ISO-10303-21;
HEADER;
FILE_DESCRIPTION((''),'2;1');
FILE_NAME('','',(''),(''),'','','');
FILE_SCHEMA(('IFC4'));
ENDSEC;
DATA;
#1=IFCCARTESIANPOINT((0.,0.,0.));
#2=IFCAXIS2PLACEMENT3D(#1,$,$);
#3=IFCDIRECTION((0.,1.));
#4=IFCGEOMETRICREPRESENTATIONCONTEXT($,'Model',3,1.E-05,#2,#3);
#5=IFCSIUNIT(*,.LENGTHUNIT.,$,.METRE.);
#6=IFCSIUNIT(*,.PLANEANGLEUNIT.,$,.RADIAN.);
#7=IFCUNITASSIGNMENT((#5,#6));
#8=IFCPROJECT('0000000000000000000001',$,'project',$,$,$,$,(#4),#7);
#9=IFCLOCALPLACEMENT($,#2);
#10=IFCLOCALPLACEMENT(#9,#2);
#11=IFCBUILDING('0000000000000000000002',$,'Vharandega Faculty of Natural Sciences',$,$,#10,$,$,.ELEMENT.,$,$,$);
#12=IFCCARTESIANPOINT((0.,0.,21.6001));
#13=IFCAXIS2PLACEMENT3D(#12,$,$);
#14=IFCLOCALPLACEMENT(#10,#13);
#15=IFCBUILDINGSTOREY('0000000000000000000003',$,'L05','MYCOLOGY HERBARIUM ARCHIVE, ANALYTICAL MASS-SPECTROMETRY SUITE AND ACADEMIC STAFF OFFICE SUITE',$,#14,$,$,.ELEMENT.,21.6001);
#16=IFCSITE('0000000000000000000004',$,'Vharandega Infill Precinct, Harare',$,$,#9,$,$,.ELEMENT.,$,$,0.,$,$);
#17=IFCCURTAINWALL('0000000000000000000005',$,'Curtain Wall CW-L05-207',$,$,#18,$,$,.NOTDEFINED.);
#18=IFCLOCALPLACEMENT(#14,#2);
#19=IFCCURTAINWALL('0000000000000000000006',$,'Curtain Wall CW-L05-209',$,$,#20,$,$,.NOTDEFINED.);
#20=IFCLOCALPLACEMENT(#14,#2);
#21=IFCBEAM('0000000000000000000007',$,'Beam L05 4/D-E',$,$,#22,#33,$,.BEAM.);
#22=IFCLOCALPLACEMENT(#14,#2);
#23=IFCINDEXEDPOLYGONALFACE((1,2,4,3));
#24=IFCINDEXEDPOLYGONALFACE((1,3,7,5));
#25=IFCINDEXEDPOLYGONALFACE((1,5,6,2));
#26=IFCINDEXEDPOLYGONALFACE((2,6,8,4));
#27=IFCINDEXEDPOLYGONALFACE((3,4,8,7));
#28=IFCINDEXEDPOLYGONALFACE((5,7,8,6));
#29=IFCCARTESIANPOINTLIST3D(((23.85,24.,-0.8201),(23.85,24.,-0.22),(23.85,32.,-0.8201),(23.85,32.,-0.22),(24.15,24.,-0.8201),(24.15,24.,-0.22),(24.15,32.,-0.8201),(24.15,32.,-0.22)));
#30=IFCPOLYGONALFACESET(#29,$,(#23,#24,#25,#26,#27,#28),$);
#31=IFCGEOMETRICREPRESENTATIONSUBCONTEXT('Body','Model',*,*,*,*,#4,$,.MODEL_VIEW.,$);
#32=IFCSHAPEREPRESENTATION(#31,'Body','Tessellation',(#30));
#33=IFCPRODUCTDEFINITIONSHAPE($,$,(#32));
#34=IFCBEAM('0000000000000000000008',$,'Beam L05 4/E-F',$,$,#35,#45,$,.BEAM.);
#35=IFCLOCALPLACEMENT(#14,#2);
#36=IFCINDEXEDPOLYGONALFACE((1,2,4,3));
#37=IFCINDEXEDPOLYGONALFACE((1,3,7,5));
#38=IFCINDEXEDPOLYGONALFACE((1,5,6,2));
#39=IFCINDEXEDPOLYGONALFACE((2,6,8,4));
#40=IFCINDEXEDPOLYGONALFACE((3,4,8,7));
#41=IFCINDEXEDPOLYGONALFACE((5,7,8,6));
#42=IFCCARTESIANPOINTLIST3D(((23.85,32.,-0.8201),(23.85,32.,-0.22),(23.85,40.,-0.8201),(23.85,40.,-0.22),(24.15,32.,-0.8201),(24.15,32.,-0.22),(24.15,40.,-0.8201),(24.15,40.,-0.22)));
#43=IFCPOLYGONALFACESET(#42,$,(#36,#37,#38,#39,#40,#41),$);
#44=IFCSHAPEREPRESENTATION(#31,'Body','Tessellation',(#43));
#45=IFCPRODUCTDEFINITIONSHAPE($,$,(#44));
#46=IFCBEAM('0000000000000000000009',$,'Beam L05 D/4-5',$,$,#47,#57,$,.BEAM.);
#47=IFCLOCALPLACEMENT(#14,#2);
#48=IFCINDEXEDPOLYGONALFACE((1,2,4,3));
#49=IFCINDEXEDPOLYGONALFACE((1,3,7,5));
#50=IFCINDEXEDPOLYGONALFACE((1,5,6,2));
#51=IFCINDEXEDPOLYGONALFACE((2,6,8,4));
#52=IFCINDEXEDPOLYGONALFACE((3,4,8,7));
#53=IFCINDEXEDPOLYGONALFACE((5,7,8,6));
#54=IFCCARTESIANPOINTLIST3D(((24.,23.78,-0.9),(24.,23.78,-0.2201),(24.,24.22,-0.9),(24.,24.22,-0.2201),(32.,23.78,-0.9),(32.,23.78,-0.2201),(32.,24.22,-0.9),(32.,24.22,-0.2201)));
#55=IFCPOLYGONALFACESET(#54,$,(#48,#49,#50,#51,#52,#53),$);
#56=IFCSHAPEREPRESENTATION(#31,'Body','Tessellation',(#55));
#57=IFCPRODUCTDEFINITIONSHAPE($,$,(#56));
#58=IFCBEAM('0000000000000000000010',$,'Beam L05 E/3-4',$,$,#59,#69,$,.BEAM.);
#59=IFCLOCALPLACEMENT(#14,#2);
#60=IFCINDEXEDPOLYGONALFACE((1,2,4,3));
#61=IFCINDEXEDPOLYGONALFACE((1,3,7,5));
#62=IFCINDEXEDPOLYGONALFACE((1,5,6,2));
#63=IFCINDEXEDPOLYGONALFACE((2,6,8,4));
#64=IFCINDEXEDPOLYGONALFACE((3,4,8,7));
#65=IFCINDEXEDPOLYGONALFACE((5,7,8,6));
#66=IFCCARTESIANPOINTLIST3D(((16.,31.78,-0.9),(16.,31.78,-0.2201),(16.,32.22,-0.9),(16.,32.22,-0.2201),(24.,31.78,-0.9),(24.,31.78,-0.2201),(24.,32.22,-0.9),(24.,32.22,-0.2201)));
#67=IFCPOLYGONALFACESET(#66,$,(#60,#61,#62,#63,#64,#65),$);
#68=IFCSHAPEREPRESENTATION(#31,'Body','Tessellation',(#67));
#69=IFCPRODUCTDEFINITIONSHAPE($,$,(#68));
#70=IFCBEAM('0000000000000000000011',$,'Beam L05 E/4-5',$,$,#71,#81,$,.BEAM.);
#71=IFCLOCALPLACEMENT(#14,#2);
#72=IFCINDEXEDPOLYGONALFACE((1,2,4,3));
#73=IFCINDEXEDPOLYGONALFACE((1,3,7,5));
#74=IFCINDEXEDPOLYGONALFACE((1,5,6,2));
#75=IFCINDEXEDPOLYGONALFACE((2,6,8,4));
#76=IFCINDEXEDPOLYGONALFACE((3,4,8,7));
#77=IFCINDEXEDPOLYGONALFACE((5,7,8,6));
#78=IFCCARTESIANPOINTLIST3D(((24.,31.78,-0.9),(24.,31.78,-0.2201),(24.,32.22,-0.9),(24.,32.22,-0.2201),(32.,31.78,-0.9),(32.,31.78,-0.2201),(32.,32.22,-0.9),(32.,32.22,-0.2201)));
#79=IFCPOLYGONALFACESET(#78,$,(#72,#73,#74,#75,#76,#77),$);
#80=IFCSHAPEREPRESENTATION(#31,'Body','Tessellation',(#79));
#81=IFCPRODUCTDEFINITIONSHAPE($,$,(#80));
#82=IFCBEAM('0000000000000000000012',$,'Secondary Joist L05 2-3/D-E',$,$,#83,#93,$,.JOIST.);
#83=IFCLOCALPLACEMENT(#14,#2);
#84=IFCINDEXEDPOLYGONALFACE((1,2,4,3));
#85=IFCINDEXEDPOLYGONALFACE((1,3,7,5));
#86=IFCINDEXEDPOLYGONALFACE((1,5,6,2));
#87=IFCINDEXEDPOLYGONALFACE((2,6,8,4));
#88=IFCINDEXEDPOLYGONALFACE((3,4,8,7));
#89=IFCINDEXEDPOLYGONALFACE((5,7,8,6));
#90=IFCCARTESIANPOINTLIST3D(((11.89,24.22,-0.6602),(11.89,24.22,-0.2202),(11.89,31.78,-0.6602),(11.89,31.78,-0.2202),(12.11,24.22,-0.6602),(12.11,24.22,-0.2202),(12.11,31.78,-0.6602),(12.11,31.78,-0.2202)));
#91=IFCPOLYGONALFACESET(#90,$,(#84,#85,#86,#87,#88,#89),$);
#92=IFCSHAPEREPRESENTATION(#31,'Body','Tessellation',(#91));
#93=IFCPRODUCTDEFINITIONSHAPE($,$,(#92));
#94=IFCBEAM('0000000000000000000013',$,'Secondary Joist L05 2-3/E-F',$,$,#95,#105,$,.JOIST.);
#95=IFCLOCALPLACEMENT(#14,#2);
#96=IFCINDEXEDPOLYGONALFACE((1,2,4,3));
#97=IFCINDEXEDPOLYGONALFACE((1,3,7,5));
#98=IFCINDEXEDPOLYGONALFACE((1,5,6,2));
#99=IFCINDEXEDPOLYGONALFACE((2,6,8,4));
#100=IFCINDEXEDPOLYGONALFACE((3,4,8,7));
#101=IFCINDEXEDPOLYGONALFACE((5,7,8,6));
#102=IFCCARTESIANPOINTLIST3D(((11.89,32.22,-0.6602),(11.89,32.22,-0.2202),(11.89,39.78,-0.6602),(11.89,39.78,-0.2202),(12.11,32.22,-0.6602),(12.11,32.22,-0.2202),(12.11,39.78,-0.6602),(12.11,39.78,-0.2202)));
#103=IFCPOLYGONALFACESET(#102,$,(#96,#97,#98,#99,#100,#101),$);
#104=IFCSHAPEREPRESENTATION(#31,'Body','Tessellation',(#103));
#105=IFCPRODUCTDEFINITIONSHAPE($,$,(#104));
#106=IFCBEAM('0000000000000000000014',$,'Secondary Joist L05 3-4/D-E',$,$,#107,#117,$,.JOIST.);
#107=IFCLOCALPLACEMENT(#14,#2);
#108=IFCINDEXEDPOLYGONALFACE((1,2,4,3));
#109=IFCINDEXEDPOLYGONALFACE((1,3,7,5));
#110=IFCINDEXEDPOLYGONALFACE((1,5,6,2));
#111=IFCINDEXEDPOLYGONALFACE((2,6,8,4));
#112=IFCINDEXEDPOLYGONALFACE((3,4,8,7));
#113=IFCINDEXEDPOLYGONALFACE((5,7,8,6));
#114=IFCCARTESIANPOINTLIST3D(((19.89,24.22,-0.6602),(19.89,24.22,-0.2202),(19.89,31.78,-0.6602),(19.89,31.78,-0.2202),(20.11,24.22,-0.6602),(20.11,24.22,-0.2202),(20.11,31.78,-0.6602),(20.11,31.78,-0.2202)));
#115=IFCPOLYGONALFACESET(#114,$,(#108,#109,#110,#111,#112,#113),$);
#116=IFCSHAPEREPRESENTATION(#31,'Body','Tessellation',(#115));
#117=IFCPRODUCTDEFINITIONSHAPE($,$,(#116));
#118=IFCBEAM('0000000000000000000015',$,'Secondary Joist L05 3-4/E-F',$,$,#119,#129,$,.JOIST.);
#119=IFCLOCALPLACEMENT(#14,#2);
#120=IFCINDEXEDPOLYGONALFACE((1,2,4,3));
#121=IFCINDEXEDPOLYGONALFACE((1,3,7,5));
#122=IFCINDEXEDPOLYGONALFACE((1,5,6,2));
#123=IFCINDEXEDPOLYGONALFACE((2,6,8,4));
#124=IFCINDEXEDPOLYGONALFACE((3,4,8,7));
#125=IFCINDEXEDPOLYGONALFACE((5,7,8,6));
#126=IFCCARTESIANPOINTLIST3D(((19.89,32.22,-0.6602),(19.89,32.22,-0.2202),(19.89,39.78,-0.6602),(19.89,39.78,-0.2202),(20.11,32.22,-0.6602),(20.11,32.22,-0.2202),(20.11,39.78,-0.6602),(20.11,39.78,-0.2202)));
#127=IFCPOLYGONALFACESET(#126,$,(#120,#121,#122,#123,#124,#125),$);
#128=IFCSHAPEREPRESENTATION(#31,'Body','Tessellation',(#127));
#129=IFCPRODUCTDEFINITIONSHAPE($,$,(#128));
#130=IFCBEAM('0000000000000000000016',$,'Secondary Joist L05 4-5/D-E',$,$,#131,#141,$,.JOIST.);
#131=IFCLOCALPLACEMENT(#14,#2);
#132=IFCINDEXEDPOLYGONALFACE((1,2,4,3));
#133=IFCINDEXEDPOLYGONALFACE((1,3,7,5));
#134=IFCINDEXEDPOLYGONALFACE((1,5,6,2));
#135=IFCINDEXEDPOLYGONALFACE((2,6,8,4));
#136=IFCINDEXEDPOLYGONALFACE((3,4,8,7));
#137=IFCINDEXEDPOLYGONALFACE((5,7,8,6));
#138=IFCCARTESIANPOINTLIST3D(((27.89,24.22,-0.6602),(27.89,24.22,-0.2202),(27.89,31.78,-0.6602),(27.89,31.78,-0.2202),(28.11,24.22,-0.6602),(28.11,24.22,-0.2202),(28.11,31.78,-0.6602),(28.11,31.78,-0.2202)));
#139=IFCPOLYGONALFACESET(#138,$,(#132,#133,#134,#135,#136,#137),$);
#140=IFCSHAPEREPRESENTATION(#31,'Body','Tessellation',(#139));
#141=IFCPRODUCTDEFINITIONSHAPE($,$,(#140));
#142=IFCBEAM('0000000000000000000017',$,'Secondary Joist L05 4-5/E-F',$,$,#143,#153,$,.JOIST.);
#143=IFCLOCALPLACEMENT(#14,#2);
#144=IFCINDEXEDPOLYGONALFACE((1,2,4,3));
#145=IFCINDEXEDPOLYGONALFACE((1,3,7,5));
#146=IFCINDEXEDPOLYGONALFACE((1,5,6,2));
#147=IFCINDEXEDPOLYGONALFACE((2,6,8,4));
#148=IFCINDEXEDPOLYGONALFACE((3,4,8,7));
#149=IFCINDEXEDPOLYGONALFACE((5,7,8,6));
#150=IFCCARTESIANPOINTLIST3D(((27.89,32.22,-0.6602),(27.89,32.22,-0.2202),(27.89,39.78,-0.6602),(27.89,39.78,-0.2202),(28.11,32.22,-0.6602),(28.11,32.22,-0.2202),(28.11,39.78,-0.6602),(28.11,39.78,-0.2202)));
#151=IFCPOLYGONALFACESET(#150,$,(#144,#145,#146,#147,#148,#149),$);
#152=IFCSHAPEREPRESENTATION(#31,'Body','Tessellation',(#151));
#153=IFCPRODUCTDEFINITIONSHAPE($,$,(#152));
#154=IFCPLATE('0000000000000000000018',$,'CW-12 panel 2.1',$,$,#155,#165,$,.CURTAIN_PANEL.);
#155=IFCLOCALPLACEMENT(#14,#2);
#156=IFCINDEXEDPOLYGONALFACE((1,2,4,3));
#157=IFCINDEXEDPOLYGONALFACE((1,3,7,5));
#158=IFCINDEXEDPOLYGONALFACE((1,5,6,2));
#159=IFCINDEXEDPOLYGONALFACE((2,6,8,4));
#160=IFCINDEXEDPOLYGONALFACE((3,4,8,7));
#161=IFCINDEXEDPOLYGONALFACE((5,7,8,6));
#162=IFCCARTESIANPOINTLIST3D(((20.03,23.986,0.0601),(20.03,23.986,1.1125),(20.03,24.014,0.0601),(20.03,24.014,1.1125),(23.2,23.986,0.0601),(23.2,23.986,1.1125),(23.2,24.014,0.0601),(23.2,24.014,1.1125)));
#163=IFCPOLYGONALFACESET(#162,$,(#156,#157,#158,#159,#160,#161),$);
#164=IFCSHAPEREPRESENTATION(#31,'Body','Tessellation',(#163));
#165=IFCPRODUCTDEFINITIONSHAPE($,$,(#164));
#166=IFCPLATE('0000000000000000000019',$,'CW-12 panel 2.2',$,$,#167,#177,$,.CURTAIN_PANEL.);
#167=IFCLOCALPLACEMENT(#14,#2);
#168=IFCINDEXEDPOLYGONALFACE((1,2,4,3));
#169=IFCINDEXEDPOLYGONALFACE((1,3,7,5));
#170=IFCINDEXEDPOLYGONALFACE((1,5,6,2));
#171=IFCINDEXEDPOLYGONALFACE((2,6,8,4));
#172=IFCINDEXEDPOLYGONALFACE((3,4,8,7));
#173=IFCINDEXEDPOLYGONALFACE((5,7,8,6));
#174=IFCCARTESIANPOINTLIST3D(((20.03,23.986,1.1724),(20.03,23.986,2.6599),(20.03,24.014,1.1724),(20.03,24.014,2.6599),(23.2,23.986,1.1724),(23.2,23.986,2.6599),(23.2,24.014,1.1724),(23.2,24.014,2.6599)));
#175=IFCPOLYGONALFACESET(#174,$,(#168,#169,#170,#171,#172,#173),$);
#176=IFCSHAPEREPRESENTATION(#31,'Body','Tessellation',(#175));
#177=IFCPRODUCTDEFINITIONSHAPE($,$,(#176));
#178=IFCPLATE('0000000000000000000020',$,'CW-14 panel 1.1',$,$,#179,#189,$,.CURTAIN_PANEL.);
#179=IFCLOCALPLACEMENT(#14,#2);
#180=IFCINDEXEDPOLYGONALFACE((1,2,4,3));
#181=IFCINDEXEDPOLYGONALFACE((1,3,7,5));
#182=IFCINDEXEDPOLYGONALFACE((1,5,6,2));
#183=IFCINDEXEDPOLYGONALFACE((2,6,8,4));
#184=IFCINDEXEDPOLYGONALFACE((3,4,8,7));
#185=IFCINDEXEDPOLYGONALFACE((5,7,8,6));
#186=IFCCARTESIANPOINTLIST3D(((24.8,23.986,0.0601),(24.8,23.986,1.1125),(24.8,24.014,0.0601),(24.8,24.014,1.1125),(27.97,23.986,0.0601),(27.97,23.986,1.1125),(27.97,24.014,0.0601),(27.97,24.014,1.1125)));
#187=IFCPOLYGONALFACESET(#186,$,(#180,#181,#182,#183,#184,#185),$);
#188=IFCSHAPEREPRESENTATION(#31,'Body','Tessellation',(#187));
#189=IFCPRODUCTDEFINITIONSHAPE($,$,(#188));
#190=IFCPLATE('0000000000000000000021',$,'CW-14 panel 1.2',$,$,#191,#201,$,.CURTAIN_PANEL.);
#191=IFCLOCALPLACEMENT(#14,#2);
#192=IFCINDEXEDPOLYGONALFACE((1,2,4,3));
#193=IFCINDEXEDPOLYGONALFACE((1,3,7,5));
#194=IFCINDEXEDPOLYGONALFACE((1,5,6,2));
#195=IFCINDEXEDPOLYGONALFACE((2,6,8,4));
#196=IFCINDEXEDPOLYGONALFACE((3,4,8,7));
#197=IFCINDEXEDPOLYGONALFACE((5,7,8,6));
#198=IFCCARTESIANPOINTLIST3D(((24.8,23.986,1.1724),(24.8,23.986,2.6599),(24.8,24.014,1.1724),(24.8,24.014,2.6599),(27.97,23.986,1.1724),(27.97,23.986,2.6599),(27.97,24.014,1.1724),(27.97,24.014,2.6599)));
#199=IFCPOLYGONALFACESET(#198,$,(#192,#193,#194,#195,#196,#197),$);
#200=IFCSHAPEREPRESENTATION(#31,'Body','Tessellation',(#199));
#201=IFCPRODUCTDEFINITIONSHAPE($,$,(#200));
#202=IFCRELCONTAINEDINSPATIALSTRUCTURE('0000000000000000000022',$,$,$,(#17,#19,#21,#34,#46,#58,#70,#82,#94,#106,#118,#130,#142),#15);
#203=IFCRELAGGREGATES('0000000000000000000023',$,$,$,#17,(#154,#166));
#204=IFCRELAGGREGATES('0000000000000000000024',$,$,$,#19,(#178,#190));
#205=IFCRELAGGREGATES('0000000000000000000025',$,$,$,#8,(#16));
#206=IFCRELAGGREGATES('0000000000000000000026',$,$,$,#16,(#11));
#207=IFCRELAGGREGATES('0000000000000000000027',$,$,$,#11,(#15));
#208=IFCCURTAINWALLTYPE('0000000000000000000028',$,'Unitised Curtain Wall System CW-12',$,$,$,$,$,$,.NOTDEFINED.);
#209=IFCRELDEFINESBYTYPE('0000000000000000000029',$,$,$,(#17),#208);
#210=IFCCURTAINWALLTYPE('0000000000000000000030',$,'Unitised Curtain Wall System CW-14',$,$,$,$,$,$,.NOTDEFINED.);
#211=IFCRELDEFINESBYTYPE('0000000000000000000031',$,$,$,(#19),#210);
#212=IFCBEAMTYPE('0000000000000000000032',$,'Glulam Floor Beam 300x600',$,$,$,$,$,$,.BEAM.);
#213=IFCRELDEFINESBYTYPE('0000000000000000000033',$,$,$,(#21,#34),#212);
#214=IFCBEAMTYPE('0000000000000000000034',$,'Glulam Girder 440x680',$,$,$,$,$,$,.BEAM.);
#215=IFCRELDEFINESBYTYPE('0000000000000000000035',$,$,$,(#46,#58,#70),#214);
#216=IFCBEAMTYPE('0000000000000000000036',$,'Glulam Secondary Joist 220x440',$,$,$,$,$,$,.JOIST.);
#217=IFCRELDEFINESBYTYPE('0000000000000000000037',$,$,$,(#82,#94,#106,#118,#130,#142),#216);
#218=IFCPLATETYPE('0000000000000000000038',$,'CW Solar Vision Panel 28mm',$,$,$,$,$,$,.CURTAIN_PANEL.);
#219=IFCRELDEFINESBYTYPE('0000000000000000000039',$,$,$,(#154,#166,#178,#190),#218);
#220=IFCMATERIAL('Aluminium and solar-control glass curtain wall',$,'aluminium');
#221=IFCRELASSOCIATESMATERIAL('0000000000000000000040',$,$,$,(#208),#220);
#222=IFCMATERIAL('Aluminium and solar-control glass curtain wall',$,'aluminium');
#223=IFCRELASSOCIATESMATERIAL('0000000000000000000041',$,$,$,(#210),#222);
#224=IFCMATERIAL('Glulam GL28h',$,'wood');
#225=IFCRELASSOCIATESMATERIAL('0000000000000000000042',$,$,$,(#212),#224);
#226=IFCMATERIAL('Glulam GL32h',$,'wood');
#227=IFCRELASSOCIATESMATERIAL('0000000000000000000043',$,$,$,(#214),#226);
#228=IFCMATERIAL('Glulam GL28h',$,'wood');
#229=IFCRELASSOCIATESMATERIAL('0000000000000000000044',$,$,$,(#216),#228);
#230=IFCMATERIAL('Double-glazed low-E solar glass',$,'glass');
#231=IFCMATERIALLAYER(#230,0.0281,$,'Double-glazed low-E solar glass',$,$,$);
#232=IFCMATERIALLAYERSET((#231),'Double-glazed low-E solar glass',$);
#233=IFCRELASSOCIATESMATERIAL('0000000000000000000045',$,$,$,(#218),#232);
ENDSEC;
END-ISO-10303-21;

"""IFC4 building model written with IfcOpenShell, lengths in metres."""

from ifc_helpers import new_model, si_unit, direction, frame, origin, origin_2d, place, context, subcontext, project, spatial, rectangle, extrude, material, layer, layer_set, material_profile, profile_set, type_object, element, aggregate, save


model = new_model("IFC4")

# Units and contexts
model_context = context("Model", 3, precision=1e-05, world=origin(), true_north=direction((0.0, 1.0)))
body_context = subcontext(model_context, "Body", "Model", "MODEL_VIEW")
ifc_project = project(units=[si_unit("LENGTHUNIT", "METRE"), si_unit("PLANEANGLEUNIT", "RADIAN")], contexts=[model_context])

# Site, building, storey
site_placement = place(None, origin())
site = spatial("IfcSite", under=ifc_project, at=site_placement, Name="Vharandega Infill Precinct, Harare", CompositionType="ELEMENT", RefElevation=0.0)
building_placement = place(site_placement, origin())
building = spatial("IfcBuilding", under=site, at=building_placement, Name="Vharandega Faculty of Natural Sciences", CompositionType="ELEMENT")
storey_placement = place(building_placement, frame((0.0, 0.0, 21.6001)))
storey = spatial("IfcBuildingStorey", under=building, at=storey_placement, Name="L05", Description="MYCOLOGY HERBARIUM ARCHIVE, ANALYTICAL MASS-SPECTROMETRY SUITE AND ACADEMIC STAFF OFFICE SUITE", CompositionType="ELEMENT", Elevation=21.6001)

# Curtain wall
ifc_material_1 = material(Name="Aluminium and solar-control glass curtain wall", Category="aluminium")
curtain_wall_type_1 = type_object("IfcCurtainWallType", Name="Unitised Curtain Wall System CW-12", PredefinedType="NOTDEFINED", material=ifc_material_1)
curtain_wall_1_placement = place(storey_placement, origin())
curtain_wall_1 = element("IfcCurtainWall", 1, at=curtain_wall_1_placement, inside=storey, type_object=curtain_wall_type_1, Name="Curtain Wall CW-L05-207", PredefinedType="NOTDEFINED")

# Curtain wall
ifc_material_2 = material(Name="Aluminium and solar-control glass curtain wall", Category="aluminium")
curtain_wall_type_2 = type_object("IfcCurtainWallType", Name="Unitised Curtain Wall System CW-14", PredefinedType="NOTDEFINED", material=ifc_material_2)
curtain_wall_2_placement = place(storey_placement, origin())
curtain_wall_2 = element("IfcCurtainWall", 2, at=curtain_wall_2_placement, inside=storey, type_object=curtain_wall_type_2, Name="Curtain Wall CW-L05-209", PredefinedType="NOTDEFINED")

# Beams
ifc_material_3 = material(Name="Glulam GL28h", Category="wood")
ifc_material_profile_1 = material_profile(ifc_material_3, rectangle(XDim=0.3, YDim=0.6001, at=origin_2d()), Name="GL28h 300x600")
ifc_profile_set_1 = profile_set([ifc_material_profile_1], Name="Glulam GL28h")
beam_type_1 = type_object("IfcBeamType", Name="Glulam Floor Beam 300x600", PredefinedType="BEAM", material=ifc_profile_set_1)
for number, where, z_axis, x_axis, name in (
    (3, (24.0, 24.0, -0.52), (0.0, 1.0, 0.0), (-1.0, 0.0, 0.0), "Beam L05 4/D-E"),
    (4, (24.0, 32.0, -0.52), (0.0, 1.0, 0.0), (-1.0, 0.0, 0.0), "Beam L05 4/E-F"),
):
    element("IfcBeam", number, at=place(storey_placement, frame(where, z_axis=z_axis, x_axis=x_axis)), inside=storey, type_object=beam_type_1, Name=name, PredefinedType="BEAM", context=body_context, shape_type="SweptSolid", body=[
        extrude(rectangle(XDim=0.3, YDim=0.6001, at=origin_2d()), origin(), (0.0, 0.0, 1.0), 8.0),
    ])
ifc_material_4 = material(Name="Glulam GL32h", Category="wood")
ifc_material_profile_2 = material_profile(ifc_material_4, rectangle(XDim=0.4399, YDim=0.6799, at=origin_2d()), Name="GL32h 440x680")
ifc_profile_set_2 = profile_set([ifc_material_profile_2], Name="Glulam GL32h")
beam_type_2 = type_object("IfcBeamType", Name="Glulam Girder 440x680", PredefinedType="BEAM", material=ifc_profile_set_2)
for number, where, z_axis, x_axis, name in (
    (5, (24.0, 24.0, -0.5601), (1.0, 0.0, 0.0), (0.0, 1.0, 0.0), "Beam L05 D/4-5"),
    (6, (16.0, 32.0, -0.5601), (1.0, 0.0, 0.0), (0.0, 1.0, 0.0), "Beam L05 E/3-4"),
    (7, (24.0, 32.0, -0.5601), (1.0, 0.0, 0.0), (0.0, 1.0, 0.0), "Beam L05 E/4-5"),
):
    element("IfcBeam", number, at=place(storey_placement, frame(where, z_axis=z_axis, x_axis=x_axis)), inside=storey, type_object=beam_type_2, Name=name, PredefinedType="BEAM", context=body_context, shape_type="SweptSolid", body=[
        extrude(rectangle(XDim=0.4399, YDim=0.6799, at=origin_2d()), origin(), (0.0, 0.0, 1.0), 8.0),
    ])
ifc_material_5 = material(Name="Glulam GL28h", Category="wood")
ifc_material_profile_3 = material_profile(ifc_material_5, rectangle(XDim=0.22, YDim=0.4399, at=origin_2d()), Name="GL28h 220x440")
ifc_profile_set_3 = profile_set([ifc_material_profile_3], Name="Glulam GL28h")
beam_type_3 = type_object("IfcBeamType", Name="Glulam Secondary Joist 220x440", PredefinedType="JOIST", material=ifc_profile_set_3)
for number, where, z_axis, x_axis, name in (
    (8, (12.0, 24.22, -0.4402), (0.0, 1.0, 0.0), (-1.0, 0.0, 0.0), "Secondary Joist L05 2-3/D-E"),
    (9, (12.0, 32.22, -0.4402), (0.0, 1.0, 0.0), (-1.0, 0.0, 0.0), "Secondary Joist L05 2-3/E-F"),
    (10, (20.0, 24.22, -0.4402), (0.0, 1.0, 0.0), (-1.0, 0.0, 0.0), "Secondary Joist L05 3-4/D-E"),
    (11, (20.0, 32.22, -0.4402), (0.0, 1.0, 0.0), (-1.0, 0.0, 0.0), "Secondary Joist L05 3-4/E-F"),
    (12, (28.0, 24.22, -0.4402), (0.0, 1.0, 0.0), (-1.0, 0.0, 0.0), "Secondary Joist L05 4-5/D-E"),
    (13, (28.0, 32.22, -0.4402), (0.0, 1.0, 0.0), (-1.0, 0.0, 0.0), "Secondary Joist L05 4-5/E-F"),
):
    element("IfcBeam", number, at=place(storey_placement, frame(where, z_axis=z_axis, x_axis=x_axis)), inside=storey, type_object=beam_type_3, Name=name, PredefinedType="JOIST", context=body_context, shape_type="SweptSolid", body=[
        extrude(rectangle(XDim=0.22, YDim=0.4399, at=origin_2d()), origin(), (0.0, 0.0, 1.0), 7.5601),
    ])

# Plates
ifc_material_6 = material(Name="Double-glazed low-E solar glass", Category="glass")
ifc_layer = layer(ifc_material_6, 0.0281, Name="Double-glazed low-E solar glass")
ifc_layer_set = layer_set([ifc_layer], Name="Double-glazed low-E solar glass")
plate_type = type_object("IfcPlateType", Name="CW Solar Vision Panel 28mm", PredefinedType="CURTAIN_PANEL", material=ifc_layer_set)
plate_1_placement = place(storey_placement, frame((21.615, 24.0, 0.0601), z_axis=(0.0, 0.0, 1.0), x_axis=(1.0, 0.0, 0.0)))
plate_1 = element("IfcPlate", 14, at=plate_1_placement, type_object=plate_type, Name="CW-12 panel 2.1", PredefinedType="CURTAIN_PANEL", context=body_context, shape_type="SweptSolid", body=[
    extrude(rectangle(XDim=3.1699, YDim=0.0281, at=origin_2d()), origin(), (0.0, 0.0, 1.0), 1.0525),
])
plate_2_placement = place(storey_placement, frame((21.615, 24.0, 1.1724), z_axis=(0.0, 0.0, 1.0), x_axis=(1.0, 0.0, 0.0)))
plate_2 = element("IfcPlate", 15, at=plate_2_placement, type_object=plate_type, Name="CW-12 panel 2.2", PredefinedType="CURTAIN_PANEL", context=body_context, shape_type="SweptSolid", body=[
    extrude(rectangle(XDim=3.1699, YDim=0.0281, at=origin_2d()), origin(), (0.0, 0.0, 1.0), 1.4875),
])
aggregate(curtain_wall_1, [plate_1, plate_2])
plate_3_placement = place(storey_placement, frame((26.385, 24.0, 0.0601), z_axis=(0.0, 0.0, 1.0), x_axis=(1.0, 0.0, 0.0)))
plate_3 = element("IfcPlate", 16, at=plate_3_placement, type_object=plate_type, Name="CW-14 panel 1.1", PredefinedType="CURTAIN_PANEL", context=body_context, shape_type="SweptSolid", body=[
    extrude(rectangle(XDim=3.1699, YDim=0.0281, at=origin_2d()), origin(), (0.0, 0.0, 1.0), 1.0525),
])
plate_4_placement = place(storey_placement, frame((26.385, 24.0, 1.1724), z_axis=(0.0, 0.0, 1.0), x_axis=(1.0, 0.0, 0.0)))
plate_4 = element("IfcPlate", 17, at=plate_4_placement, type_object=plate_type, Name="CW-14 panel 1.2", PredefinedType="CURTAIN_PANEL", context=body_context, shape_type="SweptSolid", body=[
    extrude(rectangle(XDim=3.1699, YDim=0.0281, at=origin_2d()), origin(), (0.0, 0.0, 1.0), 1.4875),
])
aggregate(curtain_wall_2, [plate_3, plate_4])

save(model, "model.ifc")
